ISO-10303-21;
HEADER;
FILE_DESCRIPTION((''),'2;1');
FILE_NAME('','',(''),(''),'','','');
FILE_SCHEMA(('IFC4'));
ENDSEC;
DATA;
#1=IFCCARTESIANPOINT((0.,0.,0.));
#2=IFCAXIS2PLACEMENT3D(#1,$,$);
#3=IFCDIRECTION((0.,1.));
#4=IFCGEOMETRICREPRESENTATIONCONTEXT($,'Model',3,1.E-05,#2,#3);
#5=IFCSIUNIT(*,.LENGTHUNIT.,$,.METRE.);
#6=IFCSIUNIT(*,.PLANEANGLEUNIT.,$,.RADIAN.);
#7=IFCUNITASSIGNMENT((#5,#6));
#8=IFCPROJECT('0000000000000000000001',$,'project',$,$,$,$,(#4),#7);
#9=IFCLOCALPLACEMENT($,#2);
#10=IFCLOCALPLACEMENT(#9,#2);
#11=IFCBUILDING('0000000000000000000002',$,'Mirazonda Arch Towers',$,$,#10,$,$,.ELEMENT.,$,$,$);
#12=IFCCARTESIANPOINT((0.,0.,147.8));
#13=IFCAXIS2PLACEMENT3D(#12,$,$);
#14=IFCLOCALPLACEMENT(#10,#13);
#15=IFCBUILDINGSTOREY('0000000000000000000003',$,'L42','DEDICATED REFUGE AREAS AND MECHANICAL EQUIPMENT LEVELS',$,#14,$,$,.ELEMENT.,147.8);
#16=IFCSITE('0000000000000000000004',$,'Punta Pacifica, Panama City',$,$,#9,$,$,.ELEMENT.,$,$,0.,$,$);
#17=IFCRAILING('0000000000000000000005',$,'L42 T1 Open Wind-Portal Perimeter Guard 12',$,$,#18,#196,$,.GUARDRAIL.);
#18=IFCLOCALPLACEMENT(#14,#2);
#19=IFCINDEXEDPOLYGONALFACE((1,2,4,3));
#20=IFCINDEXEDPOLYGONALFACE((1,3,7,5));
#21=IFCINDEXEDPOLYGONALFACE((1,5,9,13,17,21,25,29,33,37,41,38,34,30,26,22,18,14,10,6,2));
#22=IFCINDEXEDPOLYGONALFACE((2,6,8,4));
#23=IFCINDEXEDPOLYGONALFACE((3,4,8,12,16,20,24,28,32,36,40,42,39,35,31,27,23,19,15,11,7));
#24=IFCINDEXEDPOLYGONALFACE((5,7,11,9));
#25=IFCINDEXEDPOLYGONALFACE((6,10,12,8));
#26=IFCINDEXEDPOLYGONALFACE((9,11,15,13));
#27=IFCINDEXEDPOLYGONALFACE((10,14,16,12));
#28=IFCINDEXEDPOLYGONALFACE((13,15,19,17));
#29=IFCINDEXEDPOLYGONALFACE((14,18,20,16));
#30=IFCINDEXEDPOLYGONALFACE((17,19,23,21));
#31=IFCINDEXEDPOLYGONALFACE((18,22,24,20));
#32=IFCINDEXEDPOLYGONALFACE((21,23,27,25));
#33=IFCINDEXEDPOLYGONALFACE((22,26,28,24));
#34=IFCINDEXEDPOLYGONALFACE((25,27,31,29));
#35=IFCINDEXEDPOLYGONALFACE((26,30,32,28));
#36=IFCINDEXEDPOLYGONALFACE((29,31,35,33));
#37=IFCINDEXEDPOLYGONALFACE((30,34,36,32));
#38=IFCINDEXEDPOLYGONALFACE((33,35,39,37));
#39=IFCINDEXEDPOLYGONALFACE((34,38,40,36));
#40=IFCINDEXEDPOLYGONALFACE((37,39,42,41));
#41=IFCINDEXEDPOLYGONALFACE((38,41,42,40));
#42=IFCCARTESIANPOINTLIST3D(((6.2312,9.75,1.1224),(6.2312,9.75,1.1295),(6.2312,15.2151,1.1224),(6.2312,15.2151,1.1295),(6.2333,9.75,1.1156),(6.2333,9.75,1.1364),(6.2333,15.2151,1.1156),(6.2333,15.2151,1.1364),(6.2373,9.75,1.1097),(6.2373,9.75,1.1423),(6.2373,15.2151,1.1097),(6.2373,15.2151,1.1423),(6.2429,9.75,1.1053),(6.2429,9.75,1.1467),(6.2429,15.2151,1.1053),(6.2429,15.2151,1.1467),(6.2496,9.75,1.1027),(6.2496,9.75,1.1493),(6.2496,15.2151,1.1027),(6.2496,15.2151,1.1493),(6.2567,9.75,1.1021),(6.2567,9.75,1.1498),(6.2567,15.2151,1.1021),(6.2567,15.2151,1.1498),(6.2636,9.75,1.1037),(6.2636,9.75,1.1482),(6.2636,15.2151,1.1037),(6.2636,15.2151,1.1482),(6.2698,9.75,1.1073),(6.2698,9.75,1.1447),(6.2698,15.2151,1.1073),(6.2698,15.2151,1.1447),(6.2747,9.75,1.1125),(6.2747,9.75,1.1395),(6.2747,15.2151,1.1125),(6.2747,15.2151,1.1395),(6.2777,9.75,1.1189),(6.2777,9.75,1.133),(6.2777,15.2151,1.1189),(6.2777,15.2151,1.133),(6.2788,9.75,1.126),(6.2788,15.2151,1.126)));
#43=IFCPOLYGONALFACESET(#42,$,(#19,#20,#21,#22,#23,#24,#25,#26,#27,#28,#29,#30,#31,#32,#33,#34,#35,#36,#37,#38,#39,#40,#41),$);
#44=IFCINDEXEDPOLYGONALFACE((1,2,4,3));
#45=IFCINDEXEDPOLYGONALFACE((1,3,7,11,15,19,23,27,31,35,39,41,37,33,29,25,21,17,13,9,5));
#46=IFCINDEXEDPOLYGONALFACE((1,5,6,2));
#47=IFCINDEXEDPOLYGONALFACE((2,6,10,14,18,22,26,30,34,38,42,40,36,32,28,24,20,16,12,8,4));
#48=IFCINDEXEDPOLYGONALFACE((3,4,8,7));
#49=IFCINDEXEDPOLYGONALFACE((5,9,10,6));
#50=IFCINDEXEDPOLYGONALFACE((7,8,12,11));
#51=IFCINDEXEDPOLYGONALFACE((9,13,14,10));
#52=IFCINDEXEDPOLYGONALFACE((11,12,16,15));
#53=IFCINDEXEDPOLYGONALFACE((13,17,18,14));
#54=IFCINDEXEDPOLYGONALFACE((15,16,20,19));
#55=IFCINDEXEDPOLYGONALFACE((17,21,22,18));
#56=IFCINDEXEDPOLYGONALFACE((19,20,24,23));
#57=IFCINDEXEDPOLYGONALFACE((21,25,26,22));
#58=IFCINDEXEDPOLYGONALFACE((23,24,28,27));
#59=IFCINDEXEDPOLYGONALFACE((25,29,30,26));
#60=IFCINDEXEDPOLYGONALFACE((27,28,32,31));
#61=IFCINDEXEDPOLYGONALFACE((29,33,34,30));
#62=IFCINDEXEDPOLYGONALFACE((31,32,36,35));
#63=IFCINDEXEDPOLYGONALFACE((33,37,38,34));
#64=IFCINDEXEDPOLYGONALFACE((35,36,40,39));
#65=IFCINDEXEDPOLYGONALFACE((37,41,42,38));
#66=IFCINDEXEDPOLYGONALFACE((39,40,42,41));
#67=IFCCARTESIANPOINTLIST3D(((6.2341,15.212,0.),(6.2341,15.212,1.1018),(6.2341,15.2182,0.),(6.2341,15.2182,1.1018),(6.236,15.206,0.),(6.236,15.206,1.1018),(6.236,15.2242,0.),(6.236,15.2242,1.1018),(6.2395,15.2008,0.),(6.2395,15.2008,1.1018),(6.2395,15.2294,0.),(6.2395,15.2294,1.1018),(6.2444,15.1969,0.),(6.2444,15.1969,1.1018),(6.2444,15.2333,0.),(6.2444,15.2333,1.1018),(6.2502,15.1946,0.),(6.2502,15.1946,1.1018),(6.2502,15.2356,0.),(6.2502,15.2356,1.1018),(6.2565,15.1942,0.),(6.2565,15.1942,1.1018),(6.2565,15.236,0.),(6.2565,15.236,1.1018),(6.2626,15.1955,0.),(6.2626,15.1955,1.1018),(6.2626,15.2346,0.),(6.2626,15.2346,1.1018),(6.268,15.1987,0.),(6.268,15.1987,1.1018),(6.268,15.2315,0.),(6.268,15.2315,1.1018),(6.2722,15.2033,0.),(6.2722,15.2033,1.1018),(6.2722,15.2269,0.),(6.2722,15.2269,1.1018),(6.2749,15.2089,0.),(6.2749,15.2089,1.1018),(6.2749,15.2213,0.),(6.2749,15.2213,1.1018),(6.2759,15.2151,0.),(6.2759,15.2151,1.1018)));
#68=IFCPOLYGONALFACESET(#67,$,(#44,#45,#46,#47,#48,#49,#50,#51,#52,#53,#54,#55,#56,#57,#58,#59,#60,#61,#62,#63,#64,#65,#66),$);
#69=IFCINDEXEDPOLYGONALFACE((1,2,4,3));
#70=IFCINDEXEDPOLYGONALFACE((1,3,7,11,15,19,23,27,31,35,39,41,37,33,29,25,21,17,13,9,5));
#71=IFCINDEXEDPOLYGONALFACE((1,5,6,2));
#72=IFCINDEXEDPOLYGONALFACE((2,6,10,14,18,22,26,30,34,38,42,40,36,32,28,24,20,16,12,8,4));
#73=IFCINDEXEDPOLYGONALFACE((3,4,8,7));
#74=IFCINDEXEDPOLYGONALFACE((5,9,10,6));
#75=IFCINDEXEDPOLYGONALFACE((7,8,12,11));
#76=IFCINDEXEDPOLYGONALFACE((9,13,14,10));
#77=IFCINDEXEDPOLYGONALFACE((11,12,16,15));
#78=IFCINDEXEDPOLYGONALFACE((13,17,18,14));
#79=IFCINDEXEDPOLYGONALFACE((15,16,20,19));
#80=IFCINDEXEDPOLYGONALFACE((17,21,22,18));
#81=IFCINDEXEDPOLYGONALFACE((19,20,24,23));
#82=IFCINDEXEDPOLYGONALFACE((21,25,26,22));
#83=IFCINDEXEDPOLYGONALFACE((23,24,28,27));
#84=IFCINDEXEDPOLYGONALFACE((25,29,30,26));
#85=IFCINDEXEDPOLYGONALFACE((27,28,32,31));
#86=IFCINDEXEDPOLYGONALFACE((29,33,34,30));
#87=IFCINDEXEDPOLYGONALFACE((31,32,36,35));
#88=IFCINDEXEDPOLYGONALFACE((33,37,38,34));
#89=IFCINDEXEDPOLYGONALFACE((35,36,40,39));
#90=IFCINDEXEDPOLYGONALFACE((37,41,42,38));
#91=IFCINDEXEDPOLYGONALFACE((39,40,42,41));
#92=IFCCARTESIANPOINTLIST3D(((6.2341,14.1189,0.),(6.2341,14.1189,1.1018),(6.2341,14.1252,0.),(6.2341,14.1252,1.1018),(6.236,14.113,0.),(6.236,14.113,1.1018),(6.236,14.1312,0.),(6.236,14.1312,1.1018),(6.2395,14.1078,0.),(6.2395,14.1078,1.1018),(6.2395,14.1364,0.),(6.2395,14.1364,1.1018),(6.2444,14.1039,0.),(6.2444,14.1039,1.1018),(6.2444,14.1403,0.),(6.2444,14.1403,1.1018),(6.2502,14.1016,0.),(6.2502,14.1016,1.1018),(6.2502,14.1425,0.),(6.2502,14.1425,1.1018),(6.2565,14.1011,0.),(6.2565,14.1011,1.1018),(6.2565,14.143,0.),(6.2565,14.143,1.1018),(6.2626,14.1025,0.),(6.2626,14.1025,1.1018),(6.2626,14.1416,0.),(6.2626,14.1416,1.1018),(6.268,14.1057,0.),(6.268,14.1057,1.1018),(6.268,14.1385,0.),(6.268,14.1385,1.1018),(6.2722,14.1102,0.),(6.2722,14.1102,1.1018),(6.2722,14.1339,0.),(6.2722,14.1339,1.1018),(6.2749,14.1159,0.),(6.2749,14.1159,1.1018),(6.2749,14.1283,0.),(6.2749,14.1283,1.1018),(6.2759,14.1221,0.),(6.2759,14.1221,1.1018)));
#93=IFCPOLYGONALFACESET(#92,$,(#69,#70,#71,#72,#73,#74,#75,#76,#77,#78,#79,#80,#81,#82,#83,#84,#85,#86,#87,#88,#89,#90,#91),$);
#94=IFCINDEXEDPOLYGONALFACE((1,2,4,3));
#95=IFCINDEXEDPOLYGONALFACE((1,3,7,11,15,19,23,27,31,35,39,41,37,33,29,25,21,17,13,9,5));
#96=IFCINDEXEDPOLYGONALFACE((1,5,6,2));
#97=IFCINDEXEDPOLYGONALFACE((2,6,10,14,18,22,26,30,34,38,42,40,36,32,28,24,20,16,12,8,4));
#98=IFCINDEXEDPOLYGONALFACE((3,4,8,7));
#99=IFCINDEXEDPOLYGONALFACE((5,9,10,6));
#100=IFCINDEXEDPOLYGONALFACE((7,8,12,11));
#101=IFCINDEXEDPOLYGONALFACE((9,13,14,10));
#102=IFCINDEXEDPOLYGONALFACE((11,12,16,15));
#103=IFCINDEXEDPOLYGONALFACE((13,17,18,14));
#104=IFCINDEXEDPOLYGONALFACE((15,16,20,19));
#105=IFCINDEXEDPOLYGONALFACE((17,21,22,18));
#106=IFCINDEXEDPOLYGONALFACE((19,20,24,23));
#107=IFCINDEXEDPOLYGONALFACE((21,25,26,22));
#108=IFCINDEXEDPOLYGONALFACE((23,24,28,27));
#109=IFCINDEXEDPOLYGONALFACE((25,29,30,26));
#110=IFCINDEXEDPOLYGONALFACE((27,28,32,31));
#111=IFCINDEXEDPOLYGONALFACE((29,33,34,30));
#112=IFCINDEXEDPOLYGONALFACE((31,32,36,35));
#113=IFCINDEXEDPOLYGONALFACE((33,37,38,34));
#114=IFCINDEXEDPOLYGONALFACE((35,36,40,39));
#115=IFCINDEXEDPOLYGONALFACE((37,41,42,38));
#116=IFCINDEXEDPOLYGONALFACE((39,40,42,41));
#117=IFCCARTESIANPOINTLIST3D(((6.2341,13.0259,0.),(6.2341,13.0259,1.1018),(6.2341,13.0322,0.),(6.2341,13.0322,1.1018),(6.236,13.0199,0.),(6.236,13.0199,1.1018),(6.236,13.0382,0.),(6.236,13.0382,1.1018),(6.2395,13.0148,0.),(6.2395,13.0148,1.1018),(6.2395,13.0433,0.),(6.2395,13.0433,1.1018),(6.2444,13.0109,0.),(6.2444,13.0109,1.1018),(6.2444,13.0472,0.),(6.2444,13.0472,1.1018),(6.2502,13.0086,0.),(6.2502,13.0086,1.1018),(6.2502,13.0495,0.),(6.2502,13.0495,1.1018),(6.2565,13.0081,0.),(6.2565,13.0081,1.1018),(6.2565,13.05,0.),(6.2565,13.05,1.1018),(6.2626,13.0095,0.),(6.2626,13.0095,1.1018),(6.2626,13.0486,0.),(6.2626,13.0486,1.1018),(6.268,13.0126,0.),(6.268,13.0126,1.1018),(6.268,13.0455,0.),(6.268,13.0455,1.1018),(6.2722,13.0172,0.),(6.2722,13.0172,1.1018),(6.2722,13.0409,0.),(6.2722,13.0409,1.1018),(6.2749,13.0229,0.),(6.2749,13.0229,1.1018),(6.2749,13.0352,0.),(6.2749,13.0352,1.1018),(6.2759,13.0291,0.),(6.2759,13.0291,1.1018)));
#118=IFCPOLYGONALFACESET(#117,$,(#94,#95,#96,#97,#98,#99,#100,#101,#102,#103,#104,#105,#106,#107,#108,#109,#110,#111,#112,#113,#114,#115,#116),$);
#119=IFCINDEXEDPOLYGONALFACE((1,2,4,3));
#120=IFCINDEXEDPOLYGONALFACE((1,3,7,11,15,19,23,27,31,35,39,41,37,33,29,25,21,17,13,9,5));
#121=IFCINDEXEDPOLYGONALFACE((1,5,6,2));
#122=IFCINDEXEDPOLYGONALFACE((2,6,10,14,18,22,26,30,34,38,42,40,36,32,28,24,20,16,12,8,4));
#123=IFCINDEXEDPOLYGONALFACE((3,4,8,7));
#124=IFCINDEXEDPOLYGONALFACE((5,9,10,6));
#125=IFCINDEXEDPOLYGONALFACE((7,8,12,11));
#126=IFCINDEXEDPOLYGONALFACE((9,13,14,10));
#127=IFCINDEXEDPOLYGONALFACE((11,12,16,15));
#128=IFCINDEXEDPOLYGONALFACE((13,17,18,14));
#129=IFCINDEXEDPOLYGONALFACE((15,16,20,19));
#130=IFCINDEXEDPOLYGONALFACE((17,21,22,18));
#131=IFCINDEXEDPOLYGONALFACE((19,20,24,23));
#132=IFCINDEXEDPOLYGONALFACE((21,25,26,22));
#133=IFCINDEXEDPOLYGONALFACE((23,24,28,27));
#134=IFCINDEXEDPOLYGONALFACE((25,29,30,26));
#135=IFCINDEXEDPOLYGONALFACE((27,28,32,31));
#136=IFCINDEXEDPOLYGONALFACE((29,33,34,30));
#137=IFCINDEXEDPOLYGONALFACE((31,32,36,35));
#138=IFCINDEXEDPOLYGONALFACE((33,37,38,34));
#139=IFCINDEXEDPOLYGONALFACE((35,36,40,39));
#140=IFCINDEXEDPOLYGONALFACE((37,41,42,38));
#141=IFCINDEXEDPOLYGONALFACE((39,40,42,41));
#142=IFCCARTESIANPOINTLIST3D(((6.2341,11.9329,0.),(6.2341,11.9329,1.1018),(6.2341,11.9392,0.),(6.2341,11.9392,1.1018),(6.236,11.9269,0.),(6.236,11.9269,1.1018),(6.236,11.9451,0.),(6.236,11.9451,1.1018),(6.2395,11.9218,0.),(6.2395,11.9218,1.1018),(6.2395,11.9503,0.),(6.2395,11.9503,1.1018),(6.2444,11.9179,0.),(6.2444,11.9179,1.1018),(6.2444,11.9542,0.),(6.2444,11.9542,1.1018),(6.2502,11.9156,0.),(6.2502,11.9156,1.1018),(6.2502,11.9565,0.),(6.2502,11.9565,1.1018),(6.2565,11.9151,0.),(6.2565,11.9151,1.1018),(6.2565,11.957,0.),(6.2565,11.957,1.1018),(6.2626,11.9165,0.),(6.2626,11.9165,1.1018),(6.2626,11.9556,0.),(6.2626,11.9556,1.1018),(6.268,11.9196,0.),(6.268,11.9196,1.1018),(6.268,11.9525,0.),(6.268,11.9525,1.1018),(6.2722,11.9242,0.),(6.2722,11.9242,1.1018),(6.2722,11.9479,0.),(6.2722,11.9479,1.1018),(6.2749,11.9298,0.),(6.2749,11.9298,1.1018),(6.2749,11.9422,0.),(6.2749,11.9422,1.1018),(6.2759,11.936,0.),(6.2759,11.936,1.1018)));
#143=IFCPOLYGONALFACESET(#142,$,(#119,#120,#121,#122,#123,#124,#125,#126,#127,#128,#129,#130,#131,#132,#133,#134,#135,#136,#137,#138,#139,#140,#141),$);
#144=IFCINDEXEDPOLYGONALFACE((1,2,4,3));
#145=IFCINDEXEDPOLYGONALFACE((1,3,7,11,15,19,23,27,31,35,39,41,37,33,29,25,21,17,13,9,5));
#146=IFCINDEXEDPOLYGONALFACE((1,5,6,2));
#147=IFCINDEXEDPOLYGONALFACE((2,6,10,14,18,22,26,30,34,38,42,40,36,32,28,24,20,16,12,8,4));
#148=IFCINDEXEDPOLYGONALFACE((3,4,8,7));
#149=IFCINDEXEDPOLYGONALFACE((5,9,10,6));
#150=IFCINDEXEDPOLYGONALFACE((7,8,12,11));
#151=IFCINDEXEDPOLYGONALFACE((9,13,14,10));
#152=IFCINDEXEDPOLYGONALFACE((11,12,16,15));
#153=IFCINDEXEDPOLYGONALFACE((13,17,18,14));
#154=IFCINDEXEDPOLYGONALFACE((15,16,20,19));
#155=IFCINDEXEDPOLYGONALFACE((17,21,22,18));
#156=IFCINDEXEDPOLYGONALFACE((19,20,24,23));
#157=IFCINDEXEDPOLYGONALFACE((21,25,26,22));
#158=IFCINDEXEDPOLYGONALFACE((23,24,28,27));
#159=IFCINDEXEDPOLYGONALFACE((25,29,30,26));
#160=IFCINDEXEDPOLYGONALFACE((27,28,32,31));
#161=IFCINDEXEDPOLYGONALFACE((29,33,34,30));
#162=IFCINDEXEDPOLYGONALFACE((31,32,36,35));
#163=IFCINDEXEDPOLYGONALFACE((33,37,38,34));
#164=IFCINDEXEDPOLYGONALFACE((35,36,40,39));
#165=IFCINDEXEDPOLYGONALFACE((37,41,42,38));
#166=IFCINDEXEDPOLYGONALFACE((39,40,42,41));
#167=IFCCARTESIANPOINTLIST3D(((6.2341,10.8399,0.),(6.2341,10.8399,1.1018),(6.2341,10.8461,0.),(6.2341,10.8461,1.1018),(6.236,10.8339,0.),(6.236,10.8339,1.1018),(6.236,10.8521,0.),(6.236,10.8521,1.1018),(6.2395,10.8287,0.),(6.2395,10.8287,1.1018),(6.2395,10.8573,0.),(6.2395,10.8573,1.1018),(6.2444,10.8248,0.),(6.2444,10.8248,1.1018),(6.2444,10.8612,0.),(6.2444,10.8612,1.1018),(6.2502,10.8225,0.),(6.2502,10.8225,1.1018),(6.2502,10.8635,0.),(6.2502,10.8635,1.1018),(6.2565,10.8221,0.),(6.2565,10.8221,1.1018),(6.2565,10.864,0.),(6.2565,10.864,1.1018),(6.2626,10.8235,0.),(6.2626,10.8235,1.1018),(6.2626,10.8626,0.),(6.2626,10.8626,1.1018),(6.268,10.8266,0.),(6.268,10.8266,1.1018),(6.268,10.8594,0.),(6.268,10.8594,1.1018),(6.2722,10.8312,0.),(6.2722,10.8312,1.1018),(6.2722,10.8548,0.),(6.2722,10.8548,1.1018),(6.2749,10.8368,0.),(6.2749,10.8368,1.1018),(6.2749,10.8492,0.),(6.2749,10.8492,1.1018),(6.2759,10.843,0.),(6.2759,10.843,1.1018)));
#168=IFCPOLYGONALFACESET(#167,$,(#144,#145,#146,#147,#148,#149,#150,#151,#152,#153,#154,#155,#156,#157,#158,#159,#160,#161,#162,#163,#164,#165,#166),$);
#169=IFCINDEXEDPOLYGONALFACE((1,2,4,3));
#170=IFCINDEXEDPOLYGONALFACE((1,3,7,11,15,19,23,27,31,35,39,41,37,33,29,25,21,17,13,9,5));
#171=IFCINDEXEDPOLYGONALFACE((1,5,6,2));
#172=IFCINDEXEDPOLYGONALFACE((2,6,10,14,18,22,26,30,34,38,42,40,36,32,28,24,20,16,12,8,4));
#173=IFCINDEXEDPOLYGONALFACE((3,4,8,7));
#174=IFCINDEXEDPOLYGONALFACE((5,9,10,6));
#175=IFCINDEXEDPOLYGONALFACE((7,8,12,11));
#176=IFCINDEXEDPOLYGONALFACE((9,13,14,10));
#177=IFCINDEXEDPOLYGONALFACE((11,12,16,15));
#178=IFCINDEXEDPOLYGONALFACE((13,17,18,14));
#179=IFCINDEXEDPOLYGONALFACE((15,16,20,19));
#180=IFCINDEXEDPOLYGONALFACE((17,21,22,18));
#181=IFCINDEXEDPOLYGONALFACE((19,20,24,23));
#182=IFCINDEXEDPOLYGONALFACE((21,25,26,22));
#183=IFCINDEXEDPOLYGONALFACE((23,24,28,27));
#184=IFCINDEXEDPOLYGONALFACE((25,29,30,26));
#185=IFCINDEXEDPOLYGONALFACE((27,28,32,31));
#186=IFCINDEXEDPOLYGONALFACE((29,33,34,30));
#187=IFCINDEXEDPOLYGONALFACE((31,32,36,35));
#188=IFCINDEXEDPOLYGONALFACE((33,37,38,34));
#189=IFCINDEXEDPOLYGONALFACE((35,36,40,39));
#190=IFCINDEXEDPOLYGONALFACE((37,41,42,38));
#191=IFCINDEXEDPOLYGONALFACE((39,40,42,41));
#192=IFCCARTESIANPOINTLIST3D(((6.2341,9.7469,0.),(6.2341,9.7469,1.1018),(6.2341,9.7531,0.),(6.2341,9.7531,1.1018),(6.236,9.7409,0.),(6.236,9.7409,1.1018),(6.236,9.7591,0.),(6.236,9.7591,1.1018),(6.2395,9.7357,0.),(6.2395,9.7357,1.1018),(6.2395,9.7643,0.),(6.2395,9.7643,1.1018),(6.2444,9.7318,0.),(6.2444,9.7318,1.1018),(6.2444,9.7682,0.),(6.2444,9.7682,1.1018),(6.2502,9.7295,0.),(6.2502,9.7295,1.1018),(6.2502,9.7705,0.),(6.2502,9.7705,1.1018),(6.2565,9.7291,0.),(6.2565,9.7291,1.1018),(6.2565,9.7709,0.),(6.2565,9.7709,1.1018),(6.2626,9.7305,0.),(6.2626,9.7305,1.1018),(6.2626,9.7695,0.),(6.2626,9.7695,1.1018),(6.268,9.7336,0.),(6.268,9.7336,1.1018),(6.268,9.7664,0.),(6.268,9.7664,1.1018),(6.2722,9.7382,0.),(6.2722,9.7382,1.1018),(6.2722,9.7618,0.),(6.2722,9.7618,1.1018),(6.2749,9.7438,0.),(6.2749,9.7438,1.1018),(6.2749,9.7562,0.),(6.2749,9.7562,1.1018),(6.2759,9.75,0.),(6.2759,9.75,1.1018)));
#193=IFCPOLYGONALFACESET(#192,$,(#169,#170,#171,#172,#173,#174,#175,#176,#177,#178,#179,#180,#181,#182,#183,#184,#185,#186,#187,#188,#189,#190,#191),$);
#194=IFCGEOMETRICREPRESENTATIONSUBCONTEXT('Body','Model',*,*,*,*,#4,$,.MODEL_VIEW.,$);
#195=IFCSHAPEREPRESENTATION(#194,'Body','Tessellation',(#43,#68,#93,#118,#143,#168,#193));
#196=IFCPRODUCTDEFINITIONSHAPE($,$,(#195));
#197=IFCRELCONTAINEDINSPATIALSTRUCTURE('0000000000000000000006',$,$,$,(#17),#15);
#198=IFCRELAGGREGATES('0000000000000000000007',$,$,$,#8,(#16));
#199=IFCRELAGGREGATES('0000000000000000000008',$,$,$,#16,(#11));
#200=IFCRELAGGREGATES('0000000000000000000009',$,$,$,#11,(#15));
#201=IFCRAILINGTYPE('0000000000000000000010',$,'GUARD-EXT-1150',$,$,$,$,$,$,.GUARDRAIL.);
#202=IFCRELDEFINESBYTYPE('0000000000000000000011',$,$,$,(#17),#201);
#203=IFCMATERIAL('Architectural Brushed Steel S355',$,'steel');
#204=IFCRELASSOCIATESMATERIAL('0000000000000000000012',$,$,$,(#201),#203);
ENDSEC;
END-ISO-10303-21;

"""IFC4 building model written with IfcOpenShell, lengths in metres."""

from ifc_helpers import new_model, si_unit, direction, frame, origin, origin_2d, place, context, subcontext, project, spatial, circle, extrude, material, type_object, element, save


model = new_model("IFC4")

# Units and contexts
model_context = context("Model", 3, precision=1e-05, world=origin(), true_north=direction((0.0, 1.0)))
body_context = subcontext(model_context, "Body", "Model", "MODEL_VIEW")
ifc_project = project(units=[si_unit("LENGTHUNIT", "METRE"), si_unit("PLANEANGLEUNIT", "RADIAN")], contexts=[model_context])

# Site, building, storey
site_placement = place(None, origin())
site = spatial("IfcSite", under=ifc_project, at=site_placement, Name="Punta Pacifica, Panama City", CompositionType="ELEMENT", RefElevation=0.0)
building_placement = place(site_placement, origin())
building = spatial("IfcBuilding", under=site, at=building_placement, Name="Mirazonda Arch Towers", CompositionType="ELEMENT")
storey_placement = place(building_placement, frame((0.0, 0.0, 147.8)))
storey = spatial("IfcBuildingStorey", under=building, at=storey_placement, Name="L42", Description="DEDICATED REFUGE AREAS AND MECHANICAL EQUIPMENT LEVELS", CompositionType="ELEMENT", Elevation=147.8)

# Shared definitions
ifc_material_1 = material(Name="Architectural Brushed Steel S355", Category="steel")

# Railing
railing_type_1 = type_object("IfcRailingType", Name="GUARD-EXT-1150", PredefinedType="GUARDRAIL", material=ifc_material_1)
railing_1_placement = place(storey_placement, frame((6.2549, 15.2151, 0.0)))
element("IfcRailing", 1, at=railing_1_placement, inside=storey, type_object=railing_type_1, Name="L42 T1 Open Wind-Portal Perimeter Guard 12", PredefinedType="GUARDRAIL", context=body_context, shape_type="SweptSolid", body=[
    extrude(circle(Radius=0.0239, at=origin_2d()), frame((0.0, 0.0, 1.126), z_axis=(0.0, -1.0, 0.0), x_axis=(1.0, 0.0, 0.0)), (0.0, 0.0, 1.0), 5.4651),
    extrude(circle(Radius=0.021, at=origin_2d()), origin(), (0.0, 0.0, 1.0), 1.1018),
    extrude(circle(Radius=0.021, at=origin_2d()), frame((0.0, -1.093, 0.0)), (0.0, 0.0, 1.0), 1.1018),
    extrude(circle(Radius=0.021, at=origin_2d()), frame((0.0, -2.186, 0.0)), (0.0, 0.0, 1.0), 1.1018),
    extrude(circle(Radius=0.021, at=origin_2d()), frame((0.0, -3.2791, 0.0)), (0.0, 0.0, 1.0), 1.1018),
    extrude(circle(Radius=0.021, at=origin_2d()), frame((0.0, -4.3721, 0.0)), (0.0, 0.0, 1.0), 1.1018),
    extrude(circle(Radius=0.021, at=origin_2d()), frame((0.0, -5.4651, 0.0)), (0.0, 0.0, 1.0), 1.1018),
])

save(model, "model.ifc")
